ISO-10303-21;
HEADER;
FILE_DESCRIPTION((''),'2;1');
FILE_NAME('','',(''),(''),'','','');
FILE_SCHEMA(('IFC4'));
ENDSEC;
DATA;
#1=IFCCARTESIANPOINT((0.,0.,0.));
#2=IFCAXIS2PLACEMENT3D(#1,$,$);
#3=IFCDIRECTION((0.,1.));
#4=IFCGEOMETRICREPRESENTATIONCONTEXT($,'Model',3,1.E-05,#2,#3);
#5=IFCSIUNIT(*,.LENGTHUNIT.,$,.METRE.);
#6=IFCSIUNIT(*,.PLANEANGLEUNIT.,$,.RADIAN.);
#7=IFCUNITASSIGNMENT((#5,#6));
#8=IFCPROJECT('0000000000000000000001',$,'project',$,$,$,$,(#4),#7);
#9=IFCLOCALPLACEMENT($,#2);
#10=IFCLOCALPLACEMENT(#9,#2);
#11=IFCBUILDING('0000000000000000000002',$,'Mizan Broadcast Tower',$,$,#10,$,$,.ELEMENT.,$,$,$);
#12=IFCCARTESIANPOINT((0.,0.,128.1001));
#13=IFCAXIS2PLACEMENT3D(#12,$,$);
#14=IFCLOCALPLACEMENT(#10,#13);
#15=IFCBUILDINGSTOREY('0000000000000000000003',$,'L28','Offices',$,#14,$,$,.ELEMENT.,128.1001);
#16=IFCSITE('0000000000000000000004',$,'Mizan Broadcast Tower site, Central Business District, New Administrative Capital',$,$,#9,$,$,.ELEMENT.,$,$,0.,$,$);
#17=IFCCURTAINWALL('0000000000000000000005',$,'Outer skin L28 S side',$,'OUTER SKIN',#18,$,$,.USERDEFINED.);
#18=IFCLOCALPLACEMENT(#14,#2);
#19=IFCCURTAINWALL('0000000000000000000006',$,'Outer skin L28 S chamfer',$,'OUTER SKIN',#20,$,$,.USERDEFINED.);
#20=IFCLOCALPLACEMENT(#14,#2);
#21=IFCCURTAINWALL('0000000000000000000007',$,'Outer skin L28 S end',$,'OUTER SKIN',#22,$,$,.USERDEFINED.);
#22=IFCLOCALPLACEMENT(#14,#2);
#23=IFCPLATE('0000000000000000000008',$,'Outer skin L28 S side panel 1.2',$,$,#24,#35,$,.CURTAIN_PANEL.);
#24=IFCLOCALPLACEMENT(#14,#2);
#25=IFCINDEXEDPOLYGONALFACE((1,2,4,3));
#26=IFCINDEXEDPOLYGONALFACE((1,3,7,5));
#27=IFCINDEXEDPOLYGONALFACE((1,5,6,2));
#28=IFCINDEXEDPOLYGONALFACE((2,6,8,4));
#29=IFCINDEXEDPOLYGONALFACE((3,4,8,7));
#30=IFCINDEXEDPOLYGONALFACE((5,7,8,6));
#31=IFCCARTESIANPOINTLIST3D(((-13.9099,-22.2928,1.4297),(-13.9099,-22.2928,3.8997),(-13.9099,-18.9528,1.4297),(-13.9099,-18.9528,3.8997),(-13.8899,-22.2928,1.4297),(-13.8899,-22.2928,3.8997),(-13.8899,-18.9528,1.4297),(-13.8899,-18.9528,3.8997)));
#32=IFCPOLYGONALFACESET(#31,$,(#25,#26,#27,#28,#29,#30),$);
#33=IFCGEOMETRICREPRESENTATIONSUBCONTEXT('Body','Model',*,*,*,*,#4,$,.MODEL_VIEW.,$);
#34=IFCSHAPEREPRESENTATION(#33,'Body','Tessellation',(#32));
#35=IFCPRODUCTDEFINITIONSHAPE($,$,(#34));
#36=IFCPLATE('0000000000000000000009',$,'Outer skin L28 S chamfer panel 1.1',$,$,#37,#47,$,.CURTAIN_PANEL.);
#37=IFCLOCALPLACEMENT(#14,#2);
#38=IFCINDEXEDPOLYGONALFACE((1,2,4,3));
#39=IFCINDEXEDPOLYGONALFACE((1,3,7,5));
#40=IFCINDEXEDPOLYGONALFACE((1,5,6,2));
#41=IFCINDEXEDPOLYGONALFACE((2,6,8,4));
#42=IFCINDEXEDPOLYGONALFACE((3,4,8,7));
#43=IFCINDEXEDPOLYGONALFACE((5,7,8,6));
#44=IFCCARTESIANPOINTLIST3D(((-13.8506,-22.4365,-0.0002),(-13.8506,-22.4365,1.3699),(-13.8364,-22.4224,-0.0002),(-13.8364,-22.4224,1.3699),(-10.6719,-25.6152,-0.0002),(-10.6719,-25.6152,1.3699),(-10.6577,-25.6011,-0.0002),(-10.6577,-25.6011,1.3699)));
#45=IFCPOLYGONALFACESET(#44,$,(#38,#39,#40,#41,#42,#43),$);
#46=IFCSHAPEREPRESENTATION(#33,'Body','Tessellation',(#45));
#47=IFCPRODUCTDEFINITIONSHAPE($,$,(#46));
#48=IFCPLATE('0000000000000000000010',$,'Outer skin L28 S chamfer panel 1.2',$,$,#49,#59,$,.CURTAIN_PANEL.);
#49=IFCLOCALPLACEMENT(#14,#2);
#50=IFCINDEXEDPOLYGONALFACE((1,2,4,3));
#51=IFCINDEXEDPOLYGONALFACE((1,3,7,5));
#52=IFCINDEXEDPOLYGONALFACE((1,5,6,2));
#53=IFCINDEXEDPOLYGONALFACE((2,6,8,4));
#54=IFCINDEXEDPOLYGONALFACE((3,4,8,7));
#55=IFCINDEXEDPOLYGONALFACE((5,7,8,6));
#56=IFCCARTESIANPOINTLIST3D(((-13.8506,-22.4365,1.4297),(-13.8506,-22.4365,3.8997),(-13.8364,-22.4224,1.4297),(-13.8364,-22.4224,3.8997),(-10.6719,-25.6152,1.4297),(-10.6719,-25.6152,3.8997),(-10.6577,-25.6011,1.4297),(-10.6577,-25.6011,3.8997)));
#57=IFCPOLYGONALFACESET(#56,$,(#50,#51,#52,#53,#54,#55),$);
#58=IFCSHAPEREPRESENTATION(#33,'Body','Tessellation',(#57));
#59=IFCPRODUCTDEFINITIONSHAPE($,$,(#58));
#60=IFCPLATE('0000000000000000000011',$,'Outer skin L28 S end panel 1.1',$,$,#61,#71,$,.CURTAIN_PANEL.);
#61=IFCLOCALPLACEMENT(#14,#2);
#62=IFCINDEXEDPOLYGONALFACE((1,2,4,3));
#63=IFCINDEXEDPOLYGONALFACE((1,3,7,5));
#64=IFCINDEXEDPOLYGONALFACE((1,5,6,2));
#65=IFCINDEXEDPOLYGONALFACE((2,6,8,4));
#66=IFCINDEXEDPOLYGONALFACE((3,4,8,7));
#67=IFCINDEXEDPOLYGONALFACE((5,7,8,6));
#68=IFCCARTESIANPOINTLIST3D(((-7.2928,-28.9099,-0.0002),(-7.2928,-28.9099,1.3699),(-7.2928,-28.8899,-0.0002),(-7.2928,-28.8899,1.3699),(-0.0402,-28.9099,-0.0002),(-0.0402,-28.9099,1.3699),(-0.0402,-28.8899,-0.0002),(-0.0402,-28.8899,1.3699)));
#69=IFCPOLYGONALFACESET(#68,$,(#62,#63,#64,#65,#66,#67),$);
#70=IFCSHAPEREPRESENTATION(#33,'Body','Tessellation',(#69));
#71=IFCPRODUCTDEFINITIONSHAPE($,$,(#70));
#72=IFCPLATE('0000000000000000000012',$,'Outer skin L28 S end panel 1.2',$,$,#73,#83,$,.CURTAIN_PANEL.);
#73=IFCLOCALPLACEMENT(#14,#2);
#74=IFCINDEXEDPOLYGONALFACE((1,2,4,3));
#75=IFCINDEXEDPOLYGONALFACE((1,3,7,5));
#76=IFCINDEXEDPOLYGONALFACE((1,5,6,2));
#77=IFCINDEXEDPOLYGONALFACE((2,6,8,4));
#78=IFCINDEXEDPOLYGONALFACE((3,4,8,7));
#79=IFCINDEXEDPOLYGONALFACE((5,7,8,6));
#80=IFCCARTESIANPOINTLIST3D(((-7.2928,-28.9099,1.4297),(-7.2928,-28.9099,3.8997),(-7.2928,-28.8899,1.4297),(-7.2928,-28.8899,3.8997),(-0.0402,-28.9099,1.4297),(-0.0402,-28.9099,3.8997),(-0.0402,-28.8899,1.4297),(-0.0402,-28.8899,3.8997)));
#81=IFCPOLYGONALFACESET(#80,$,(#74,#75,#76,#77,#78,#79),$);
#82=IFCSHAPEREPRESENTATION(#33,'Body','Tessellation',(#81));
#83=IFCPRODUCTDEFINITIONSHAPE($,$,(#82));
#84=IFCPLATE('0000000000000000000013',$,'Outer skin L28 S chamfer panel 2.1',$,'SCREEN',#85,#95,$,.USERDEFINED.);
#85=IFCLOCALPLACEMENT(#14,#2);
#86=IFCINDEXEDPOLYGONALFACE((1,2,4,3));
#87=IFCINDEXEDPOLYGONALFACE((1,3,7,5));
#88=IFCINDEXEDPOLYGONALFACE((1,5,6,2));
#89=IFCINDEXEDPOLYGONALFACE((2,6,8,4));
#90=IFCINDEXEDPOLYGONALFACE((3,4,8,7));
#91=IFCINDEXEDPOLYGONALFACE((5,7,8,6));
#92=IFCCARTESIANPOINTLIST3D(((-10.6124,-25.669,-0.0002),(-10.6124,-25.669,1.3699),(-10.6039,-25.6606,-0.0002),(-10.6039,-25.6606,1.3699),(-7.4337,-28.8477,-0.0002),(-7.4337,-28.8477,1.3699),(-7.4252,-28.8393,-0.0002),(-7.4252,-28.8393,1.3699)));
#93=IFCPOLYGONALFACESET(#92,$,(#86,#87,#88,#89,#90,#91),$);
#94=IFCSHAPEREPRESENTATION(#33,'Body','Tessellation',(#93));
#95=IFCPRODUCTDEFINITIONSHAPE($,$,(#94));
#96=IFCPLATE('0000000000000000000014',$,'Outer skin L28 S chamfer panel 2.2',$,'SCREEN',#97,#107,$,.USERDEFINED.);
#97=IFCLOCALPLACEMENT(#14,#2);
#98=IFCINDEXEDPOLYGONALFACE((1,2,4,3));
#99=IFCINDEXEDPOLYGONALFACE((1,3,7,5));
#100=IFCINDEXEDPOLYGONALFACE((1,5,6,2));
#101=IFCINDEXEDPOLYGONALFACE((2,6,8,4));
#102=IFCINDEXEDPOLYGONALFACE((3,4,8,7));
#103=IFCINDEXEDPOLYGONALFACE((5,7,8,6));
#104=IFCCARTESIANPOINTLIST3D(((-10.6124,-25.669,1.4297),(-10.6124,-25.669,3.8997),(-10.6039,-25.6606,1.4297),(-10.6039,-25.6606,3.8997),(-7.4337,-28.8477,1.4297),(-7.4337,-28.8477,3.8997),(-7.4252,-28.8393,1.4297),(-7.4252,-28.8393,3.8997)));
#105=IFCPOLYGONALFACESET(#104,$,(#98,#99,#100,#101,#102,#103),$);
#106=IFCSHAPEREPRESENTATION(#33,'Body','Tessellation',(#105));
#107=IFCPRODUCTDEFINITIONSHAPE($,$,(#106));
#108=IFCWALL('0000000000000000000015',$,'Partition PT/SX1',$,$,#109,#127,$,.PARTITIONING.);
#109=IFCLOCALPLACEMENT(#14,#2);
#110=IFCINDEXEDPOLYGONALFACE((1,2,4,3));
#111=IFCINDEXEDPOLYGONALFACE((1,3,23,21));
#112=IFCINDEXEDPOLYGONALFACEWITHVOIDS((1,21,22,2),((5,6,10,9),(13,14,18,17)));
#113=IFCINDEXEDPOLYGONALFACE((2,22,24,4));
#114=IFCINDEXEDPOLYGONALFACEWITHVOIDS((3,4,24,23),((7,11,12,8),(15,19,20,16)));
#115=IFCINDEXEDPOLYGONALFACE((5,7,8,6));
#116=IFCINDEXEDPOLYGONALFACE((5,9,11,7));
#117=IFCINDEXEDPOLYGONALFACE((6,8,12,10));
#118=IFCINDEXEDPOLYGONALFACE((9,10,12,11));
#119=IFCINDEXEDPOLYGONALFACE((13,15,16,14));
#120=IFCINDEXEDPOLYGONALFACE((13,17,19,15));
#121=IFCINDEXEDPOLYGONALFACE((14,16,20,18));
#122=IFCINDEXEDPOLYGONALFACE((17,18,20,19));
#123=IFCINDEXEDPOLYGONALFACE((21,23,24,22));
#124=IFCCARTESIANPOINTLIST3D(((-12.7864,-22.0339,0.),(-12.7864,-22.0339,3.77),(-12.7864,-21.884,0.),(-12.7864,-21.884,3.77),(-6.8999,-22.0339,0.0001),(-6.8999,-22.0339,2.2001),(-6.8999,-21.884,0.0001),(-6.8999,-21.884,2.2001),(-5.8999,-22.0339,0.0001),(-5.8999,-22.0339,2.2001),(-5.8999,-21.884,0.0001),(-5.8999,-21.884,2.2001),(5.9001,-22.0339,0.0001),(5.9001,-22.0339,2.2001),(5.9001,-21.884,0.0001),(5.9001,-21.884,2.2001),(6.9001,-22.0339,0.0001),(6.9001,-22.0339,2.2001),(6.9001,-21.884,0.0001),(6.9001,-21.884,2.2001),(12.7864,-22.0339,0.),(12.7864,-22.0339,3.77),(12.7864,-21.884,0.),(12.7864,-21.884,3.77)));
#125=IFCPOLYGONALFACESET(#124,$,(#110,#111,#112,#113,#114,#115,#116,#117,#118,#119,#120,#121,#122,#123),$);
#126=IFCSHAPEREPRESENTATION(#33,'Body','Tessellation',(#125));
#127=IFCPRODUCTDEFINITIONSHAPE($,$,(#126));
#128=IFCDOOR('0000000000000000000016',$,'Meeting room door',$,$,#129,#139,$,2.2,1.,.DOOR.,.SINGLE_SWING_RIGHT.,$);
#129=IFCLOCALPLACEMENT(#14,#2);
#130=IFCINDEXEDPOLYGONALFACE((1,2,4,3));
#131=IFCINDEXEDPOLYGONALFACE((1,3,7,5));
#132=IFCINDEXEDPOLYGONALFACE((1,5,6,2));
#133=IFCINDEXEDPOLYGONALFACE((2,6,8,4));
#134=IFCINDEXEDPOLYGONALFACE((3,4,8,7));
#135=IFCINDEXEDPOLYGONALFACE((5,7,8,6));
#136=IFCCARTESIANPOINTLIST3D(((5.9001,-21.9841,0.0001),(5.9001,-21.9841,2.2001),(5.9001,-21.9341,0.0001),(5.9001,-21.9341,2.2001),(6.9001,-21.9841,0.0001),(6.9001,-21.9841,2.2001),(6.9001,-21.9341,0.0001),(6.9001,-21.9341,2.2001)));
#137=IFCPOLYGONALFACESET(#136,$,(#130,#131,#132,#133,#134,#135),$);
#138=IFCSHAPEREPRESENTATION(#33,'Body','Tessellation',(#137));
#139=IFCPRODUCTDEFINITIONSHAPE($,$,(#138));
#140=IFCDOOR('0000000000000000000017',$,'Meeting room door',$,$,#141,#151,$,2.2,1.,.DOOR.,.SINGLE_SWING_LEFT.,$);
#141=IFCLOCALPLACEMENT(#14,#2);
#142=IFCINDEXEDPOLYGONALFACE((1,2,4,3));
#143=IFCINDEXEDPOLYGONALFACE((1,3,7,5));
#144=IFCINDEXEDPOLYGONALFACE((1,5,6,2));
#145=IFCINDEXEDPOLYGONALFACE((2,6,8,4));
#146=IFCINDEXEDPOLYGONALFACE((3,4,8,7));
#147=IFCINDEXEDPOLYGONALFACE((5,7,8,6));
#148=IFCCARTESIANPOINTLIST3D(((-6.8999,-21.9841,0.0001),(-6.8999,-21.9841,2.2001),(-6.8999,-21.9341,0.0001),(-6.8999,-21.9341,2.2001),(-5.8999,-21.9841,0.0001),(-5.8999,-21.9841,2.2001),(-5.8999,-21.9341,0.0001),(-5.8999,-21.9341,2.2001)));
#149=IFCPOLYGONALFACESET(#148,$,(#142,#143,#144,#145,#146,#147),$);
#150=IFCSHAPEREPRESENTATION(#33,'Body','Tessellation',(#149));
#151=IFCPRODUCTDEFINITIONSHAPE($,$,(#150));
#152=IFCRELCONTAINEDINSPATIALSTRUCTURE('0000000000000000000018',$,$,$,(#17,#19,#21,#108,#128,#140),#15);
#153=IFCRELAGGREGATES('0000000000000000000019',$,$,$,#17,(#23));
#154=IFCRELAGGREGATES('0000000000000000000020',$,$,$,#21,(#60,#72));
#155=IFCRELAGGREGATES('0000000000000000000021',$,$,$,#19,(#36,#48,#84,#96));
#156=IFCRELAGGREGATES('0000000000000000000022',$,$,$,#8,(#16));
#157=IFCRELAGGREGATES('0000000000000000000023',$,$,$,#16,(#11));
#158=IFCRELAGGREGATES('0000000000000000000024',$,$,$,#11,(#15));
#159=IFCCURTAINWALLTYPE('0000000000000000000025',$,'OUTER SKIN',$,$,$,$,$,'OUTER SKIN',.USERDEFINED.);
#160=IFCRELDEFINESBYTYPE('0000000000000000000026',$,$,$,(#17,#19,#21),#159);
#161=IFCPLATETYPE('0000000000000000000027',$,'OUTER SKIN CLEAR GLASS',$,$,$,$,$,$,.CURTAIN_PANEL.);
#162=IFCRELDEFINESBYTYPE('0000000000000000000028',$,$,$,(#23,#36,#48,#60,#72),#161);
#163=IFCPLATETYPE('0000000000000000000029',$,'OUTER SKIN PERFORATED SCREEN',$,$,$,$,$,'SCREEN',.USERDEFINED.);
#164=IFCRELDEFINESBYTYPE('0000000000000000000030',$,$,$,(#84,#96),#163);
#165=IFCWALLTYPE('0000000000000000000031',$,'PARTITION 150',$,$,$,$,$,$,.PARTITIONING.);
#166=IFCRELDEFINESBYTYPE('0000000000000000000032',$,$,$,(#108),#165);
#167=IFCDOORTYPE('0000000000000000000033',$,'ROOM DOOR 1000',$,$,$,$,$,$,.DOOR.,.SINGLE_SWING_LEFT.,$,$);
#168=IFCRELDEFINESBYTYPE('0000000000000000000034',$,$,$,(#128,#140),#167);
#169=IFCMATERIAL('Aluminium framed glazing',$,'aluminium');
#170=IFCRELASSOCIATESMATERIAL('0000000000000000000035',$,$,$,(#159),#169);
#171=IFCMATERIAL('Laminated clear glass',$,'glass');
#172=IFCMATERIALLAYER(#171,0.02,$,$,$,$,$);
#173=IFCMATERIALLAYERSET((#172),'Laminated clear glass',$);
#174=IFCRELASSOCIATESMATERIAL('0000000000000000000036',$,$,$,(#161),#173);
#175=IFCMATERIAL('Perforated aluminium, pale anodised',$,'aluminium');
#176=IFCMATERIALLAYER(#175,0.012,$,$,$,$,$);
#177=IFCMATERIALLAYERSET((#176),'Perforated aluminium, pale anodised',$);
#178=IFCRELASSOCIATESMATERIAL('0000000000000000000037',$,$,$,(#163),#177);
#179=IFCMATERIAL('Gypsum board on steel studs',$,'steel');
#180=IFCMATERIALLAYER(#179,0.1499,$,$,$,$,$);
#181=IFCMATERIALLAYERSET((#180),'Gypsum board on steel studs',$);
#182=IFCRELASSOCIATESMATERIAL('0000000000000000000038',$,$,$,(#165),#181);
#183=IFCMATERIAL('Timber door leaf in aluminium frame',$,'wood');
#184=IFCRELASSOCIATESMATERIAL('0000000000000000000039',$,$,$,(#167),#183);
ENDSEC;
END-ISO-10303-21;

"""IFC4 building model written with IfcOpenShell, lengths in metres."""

from ifc_helpers import new_model, si_unit, direction, frame, frame_2d, origin, origin_2d, place, context, subcontext, project, spatial, rectangle, extrude, material, layer, layer_set, type_object, element, fill, aggregate, save


model = new_model("IFC4")

# Units and contexts
model_context = context("Model", 3, precision=1e-05, world=origin(), true_north=direction((0.0, 1.0)))
body_context = subcontext(model_context, "Body", "Model", "MODEL_VIEW")
ifc_project = project(units=[si_unit("LENGTHUNIT", "METRE"), si_unit("PLANEANGLEUNIT", "RADIAN")], contexts=[model_context])

# Site, building, storey
site_placement = place(None, origin())
site = spatial("IfcSite", under=ifc_project, at=site_placement, Name="Mizan Broadcast Tower site, Central Business District, New Administrative Capital", CompositionType="ELEMENT", RefElevation=0.0)
building_placement = place(site_placement, origin())
building = spatial("IfcBuilding", under=site, at=building_placement, Name="Mizan Broadcast Tower", CompositionType="ELEMENT")
storey_placement = place(building_placement, frame((0.0, 0.0, 128.1001)))
storey = spatial("IfcBuildingStorey", under=building, at=storey_placement, Name="L28", Description="Offices", CompositionType="ELEMENT", Elevation=128.1001)

# Curtain wall
ifc_material_1 = material(Name="Aluminium framed glazing", Category="aluminium")
curtain_wall_type_1 = type_object("IfcCurtainWallType", Name="OUTER SKIN", ElementType="OUTER SKIN", PredefinedType="USERDEFINED", material=ifc_material_1)
curtain_wall_1_placement = place(storey_placement, origin())
curtain_wall_1 = element("IfcCurtainWall", 1, at=curtain_wall_1_placement, inside=storey, type_object=curtain_wall_type_1, Name="Outer skin L28 S side", ObjectType="OUTER SKIN", PredefinedType="USERDEFINED")

# Curtain wall
curtain_wall_2_placement = place(storey_placement, origin())
curtain_wall_2 = element("IfcCurtainWall", 2, at=curtain_wall_2_placement, inside=storey, type_object=curtain_wall_type_1, Name="Outer skin L28 S chamfer", ObjectType="OUTER SKIN", PredefinedType="USERDEFINED")

# Curtain wall
curtain_wall_3_placement = place(storey_placement, origin())
curtain_wall_3 = element("IfcCurtainWall", 3, at=curtain_wall_3_placement, inside=storey, type_object=curtain_wall_type_1, Name="Outer skin L28 S end", ObjectType="OUTER SKIN", PredefinedType="USERDEFINED")

# Plates
ifc_material_2 = material(Name="Laminated clear glass", Category="glass")
ifc_layer_1 = layer(ifc_material_2, 0.02)
ifc_layer_set_1 = layer_set([ifc_layer_1], Name="Laminated clear glass")
plate_type_1 = type_object("IfcPlateType", Name="OUTER SKIN CLEAR GLASS", PredefinedType="CURTAIN_PANEL", material=ifc_layer_set_1)
plate_1_placement = place(storey_placement, frame((-13.8999, -20.6228, 1.4297), z_axis=(0.0, 0.0, 1.0), x_axis=(0.0, -1.0, 0.0)))
plate_1 = element("IfcPlate", 4, at=plate_1_placement, type_object=plate_type_1, Name="Outer skin L28 S side panel 1.2", PredefinedType="CURTAIN_PANEL", context=body_context, shape_type="SweptSolid", body=[
    extrude(rectangle(XDim=3.3401, YDim=0.02, at=origin_2d()), origin(), (0.0, 0.0, 1.0), 2.47),
])
aggregate(curtain_wall_1, [plate_1])
plate_2_placement = place(storey_placement, frame((-12.2542, -24.0188, -0.0002), z_axis=(0.0, 0.0, 1.0), x_axis=(0.707107, -0.707107, 0.0)))
plate_2 = element("IfcPlate", 5, at=plate_2_placement, type_object=plate_type_1, Name="Outer skin L28 S chamfer panel 1.1", PredefinedType="CURTAIN_PANEL", context=body_context, shape_type="SweptSolid", body=[
    extrude(rectangle(XDim=4.4954, YDim=0.02, at=origin_2d()), origin(), (0.0, 0.0, 1.0), 1.3701),
])
plate_3_placement = place(storey_placement, frame((-12.2542, -24.0188, 1.4297), z_axis=(0.0, 0.0, 1.0), x_axis=(0.707107, -0.707107, 0.0)))
plate_3 = element("IfcPlate", 6, at=plate_3_placement, type_object=plate_type_1, Name="Outer skin L28 S chamfer panel 1.2", PredefinedType="CURTAIN_PANEL", context=body_context, shape_type="SweptSolid", body=[
    extrude(rectangle(XDim=4.4954, YDim=0.02, at=origin_2d()), origin(), (0.0, 0.0, 1.0), 2.47),
])
plate_4_placement = place(storey_placement, frame((-3.6665, -28.8999, -0.0002), z_axis=(0.0, 0.0, 1.0), x_axis=(1.0, 0.0, 0.0)))
plate_4 = element("IfcPlate", 7, at=plate_4_placement, type_object=plate_type_1, Name="Outer skin L28 S end panel 1.1", PredefinedType="CURTAIN_PANEL", context=body_context, shape_type="SweptSolid", body=[
    extrude(rectangle(XDim=7.2527, YDim=0.02, at=origin_2d()), origin(), (0.0, 0.0, 1.0), 1.3701),
])
plate_5_placement = place(storey_placement, frame((-3.6665, -28.8999, 1.4297), z_axis=(0.0, 0.0, 1.0), x_axis=(1.0, 0.0, 0.0)))
plate_5 = element("IfcPlate", 8, at=plate_5_placement, type_object=plate_type_1, Name="Outer skin L28 S end panel 1.2", PredefinedType="CURTAIN_PANEL", context=body_context, shape_type="SweptSolid", body=[
    extrude(rectangle(XDim=7.2527, YDim=0.02, at=origin_2d()), origin(), (0.0, 0.0, 1.0), 2.47),
])
aggregate(curtain_wall_3, [plate_4, plate_5])
ifc_material_3 = material(Name="Perforated aluminium, pale anodised", Category="aluminium")
ifc_layer_2 = layer(ifc_material_3, 0.012)
ifc_layer_set_2 = layer_set([ifc_layer_2], Name="Perforated aluminium, pale anodised")
plate_type_2 = type_object("IfcPlateType", Name="OUTER SKIN PERFORATED SCREEN", ElementType="SCREEN", PredefinedType="USERDEFINED", material=ifc_layer_set_2)
plate_6_placement = place(storey_placement, frame((-9.0188, -27.2542, -0.0002), z_axis=(0.0, 0.0, 1.0), x_axis=(0.707107, -0.707107, 0.0)))
plate_6 = element("IfcPlate", 9, at=plate_6_placement, type_object=plate_type_2, Name="Outer skin L28 S chamfer panel 2.1", ObjectType="SCREEN", PredefinedType="USERDEFINED", context=body_context, shape_type="SweptSolid", body=[
    extrude(rectangle(XDim=4.4954, YDim=0.012, at=origin_2d()), origin(), (0.0, 0.0, 1.0), 1.3701),
])
plate_7_placement = place(storey_placement, frame((-9.0188, -27.2542, 1.4297), z_axis=(0.0, 0.0, 1.0), x_axis=(0.707107, -0.707107, 0.0)))
plate_7 = element("IfcPlate", 10, at=plate_7_placement, type_object=plate_type_2, Name="Outer skin L28 S chamfer panel 2.2", ObjectType="SCREEN", PredefinedType="USERDEFINED", context=body_context, shape_type="SweptSolid", body=[
    extrude(rectangle(XDim=4.4954, YDim=0.012, at=origin_2d()), origin(), (0.0, 0.0, 1.0), 2.47),
])
aggregate(curtain_wall_2, [plate_2, plate_3, plate_6, plate_7])

# Wall, openings, doors
ifc_material_4 = material(Name="Gypsum board on steel studs", Category="steel")
ifc_layer_3 = layer(ifc_material_4, 0.1499)
ifc_layer_set_3 = layer_set([ifc_layer_3], Name="Gypsum board on steel studs")
wall_type = type_object("IfcWallType", Name="PARTITION 150", PredefinedType="PARTITIONING", material=ifc_layer_set_3)
wall_placement = place(storey_placement, frame((-12.7864, -21.959, 0.0), z_axis=(0.0, 0.0, 1.0), x_axis=(1.0, 0.0, 0.0)))
wall = element("IfcWall", 11, at=wall_placement, inside=storey, type_object=wall_type, Name="Partition PT/SX1", PredefinedType="PARTITIONING", context=body_context, shape_type="SweptSolid", body=[
    extrude(rectangle(XDim=25.5728, YDim=0.1499, at=frame_2d((12.7864, 0.0))), origin(), (0.0, 0.0, 1.0), 3.77),
])
opening_1_placement = place(wall_placement, frame((18.6865, 0.0, 0.0)))
opening_1 = element("IfcOpeningElement", 12, at=opening_1_placement, cuts=wall, PredefinedType="OPENING", context=body_context, shape_type="SweptSolid", body=[
    extrude(rectangle(XDim=1.0, YDim=2.2, at=frame_2d((0.5, 1.1001))), frame((0.0, 0.085, 0.0), z_axis=(0.0, -1.0, 0.0), x_axis=(1.0, 0.0, 0.0)), (0.0, 0.0, 1.0), 0.1699),
])
opening_2_placement = place(wall_placement, frame((5.8865, 0.0, 0.0)))
opening_2 = element("IfcOpeningElement", 13, at=opening_2_placement, cuts=wall, PredefinedType="OPENING", context=body_context, shape_type="SweptSolid", body=[
    extrude(rectangle(XDim=1.0, YDim=2.2, at=frame_2d((0.5, 1.1001))), frame((0.0, 0.085, 0.0), z_axis=(0.0, -1.0, 0.0), x_axis=(1.0, 0.0, 0.0)), (0.0, 0.0, 1.0), 0.1699),
])
ifc_material_5 = material(Name="Timber door leaf in aluminium frame", Category="wood")
door_type = type_object("IfcDoorType", Name="ROOM DOOR 1000", OperationType="SINGLE_SWING_LEFT", PredefinedType="DOOR", material=ifc_material_5)
door_1_placement = place(opening_1_placement, origin())
door_1 = element("IfcDoor", 14, at=door_1_placement, inside=storey, type_object=door_type, Name="Meeting room door", OperationType="SINGLE_SWING_RIGHT", OverallHeight=2.2, OverallWidth=1.0, PredefinedType="DOOR", context=body_context, shape_type="SweptSolid", body=[
    extrude(rectangle(XDim=1.0, YDim=2.2, at=frame_2d((0.5, 1.1001))), frame((0.0, 0.0249, 0.0), z_axis=(0.0, -1.0, 0.0), x_axis=(1.0, 0.0, 0.0)), (0.0, 0.0, 1.0), 0.05),
])
fill(opening_1, door_1)
door_2_placement = place(opening_2_placement, origin())
door_2 = element("IfcDoor", 15, at=door_2_placement, inside=storey, type_object=door_type, Name="Meeting room door", OperationType="SINGLE_SWING_LEFT", OverallHeight=2.2, OverallWidth=1.0, PredefinedType="DOOR", context=body_context, shape_type="SweptSolid", body=[
    extrude(rectangle(XDim=1.0, YDim=2.2, at=frame_2d((0.5, 1.1001))), frame((0.0, 0.0249, 0.0), z_axis=(0.0, -1.0, 0.0), x_axis=(1.0, 0.0, 0.0)), (0.0, 0.0, 1.0), 0.05),
])
fill(opening_2, door_2)

save(model, "model.ifc")
